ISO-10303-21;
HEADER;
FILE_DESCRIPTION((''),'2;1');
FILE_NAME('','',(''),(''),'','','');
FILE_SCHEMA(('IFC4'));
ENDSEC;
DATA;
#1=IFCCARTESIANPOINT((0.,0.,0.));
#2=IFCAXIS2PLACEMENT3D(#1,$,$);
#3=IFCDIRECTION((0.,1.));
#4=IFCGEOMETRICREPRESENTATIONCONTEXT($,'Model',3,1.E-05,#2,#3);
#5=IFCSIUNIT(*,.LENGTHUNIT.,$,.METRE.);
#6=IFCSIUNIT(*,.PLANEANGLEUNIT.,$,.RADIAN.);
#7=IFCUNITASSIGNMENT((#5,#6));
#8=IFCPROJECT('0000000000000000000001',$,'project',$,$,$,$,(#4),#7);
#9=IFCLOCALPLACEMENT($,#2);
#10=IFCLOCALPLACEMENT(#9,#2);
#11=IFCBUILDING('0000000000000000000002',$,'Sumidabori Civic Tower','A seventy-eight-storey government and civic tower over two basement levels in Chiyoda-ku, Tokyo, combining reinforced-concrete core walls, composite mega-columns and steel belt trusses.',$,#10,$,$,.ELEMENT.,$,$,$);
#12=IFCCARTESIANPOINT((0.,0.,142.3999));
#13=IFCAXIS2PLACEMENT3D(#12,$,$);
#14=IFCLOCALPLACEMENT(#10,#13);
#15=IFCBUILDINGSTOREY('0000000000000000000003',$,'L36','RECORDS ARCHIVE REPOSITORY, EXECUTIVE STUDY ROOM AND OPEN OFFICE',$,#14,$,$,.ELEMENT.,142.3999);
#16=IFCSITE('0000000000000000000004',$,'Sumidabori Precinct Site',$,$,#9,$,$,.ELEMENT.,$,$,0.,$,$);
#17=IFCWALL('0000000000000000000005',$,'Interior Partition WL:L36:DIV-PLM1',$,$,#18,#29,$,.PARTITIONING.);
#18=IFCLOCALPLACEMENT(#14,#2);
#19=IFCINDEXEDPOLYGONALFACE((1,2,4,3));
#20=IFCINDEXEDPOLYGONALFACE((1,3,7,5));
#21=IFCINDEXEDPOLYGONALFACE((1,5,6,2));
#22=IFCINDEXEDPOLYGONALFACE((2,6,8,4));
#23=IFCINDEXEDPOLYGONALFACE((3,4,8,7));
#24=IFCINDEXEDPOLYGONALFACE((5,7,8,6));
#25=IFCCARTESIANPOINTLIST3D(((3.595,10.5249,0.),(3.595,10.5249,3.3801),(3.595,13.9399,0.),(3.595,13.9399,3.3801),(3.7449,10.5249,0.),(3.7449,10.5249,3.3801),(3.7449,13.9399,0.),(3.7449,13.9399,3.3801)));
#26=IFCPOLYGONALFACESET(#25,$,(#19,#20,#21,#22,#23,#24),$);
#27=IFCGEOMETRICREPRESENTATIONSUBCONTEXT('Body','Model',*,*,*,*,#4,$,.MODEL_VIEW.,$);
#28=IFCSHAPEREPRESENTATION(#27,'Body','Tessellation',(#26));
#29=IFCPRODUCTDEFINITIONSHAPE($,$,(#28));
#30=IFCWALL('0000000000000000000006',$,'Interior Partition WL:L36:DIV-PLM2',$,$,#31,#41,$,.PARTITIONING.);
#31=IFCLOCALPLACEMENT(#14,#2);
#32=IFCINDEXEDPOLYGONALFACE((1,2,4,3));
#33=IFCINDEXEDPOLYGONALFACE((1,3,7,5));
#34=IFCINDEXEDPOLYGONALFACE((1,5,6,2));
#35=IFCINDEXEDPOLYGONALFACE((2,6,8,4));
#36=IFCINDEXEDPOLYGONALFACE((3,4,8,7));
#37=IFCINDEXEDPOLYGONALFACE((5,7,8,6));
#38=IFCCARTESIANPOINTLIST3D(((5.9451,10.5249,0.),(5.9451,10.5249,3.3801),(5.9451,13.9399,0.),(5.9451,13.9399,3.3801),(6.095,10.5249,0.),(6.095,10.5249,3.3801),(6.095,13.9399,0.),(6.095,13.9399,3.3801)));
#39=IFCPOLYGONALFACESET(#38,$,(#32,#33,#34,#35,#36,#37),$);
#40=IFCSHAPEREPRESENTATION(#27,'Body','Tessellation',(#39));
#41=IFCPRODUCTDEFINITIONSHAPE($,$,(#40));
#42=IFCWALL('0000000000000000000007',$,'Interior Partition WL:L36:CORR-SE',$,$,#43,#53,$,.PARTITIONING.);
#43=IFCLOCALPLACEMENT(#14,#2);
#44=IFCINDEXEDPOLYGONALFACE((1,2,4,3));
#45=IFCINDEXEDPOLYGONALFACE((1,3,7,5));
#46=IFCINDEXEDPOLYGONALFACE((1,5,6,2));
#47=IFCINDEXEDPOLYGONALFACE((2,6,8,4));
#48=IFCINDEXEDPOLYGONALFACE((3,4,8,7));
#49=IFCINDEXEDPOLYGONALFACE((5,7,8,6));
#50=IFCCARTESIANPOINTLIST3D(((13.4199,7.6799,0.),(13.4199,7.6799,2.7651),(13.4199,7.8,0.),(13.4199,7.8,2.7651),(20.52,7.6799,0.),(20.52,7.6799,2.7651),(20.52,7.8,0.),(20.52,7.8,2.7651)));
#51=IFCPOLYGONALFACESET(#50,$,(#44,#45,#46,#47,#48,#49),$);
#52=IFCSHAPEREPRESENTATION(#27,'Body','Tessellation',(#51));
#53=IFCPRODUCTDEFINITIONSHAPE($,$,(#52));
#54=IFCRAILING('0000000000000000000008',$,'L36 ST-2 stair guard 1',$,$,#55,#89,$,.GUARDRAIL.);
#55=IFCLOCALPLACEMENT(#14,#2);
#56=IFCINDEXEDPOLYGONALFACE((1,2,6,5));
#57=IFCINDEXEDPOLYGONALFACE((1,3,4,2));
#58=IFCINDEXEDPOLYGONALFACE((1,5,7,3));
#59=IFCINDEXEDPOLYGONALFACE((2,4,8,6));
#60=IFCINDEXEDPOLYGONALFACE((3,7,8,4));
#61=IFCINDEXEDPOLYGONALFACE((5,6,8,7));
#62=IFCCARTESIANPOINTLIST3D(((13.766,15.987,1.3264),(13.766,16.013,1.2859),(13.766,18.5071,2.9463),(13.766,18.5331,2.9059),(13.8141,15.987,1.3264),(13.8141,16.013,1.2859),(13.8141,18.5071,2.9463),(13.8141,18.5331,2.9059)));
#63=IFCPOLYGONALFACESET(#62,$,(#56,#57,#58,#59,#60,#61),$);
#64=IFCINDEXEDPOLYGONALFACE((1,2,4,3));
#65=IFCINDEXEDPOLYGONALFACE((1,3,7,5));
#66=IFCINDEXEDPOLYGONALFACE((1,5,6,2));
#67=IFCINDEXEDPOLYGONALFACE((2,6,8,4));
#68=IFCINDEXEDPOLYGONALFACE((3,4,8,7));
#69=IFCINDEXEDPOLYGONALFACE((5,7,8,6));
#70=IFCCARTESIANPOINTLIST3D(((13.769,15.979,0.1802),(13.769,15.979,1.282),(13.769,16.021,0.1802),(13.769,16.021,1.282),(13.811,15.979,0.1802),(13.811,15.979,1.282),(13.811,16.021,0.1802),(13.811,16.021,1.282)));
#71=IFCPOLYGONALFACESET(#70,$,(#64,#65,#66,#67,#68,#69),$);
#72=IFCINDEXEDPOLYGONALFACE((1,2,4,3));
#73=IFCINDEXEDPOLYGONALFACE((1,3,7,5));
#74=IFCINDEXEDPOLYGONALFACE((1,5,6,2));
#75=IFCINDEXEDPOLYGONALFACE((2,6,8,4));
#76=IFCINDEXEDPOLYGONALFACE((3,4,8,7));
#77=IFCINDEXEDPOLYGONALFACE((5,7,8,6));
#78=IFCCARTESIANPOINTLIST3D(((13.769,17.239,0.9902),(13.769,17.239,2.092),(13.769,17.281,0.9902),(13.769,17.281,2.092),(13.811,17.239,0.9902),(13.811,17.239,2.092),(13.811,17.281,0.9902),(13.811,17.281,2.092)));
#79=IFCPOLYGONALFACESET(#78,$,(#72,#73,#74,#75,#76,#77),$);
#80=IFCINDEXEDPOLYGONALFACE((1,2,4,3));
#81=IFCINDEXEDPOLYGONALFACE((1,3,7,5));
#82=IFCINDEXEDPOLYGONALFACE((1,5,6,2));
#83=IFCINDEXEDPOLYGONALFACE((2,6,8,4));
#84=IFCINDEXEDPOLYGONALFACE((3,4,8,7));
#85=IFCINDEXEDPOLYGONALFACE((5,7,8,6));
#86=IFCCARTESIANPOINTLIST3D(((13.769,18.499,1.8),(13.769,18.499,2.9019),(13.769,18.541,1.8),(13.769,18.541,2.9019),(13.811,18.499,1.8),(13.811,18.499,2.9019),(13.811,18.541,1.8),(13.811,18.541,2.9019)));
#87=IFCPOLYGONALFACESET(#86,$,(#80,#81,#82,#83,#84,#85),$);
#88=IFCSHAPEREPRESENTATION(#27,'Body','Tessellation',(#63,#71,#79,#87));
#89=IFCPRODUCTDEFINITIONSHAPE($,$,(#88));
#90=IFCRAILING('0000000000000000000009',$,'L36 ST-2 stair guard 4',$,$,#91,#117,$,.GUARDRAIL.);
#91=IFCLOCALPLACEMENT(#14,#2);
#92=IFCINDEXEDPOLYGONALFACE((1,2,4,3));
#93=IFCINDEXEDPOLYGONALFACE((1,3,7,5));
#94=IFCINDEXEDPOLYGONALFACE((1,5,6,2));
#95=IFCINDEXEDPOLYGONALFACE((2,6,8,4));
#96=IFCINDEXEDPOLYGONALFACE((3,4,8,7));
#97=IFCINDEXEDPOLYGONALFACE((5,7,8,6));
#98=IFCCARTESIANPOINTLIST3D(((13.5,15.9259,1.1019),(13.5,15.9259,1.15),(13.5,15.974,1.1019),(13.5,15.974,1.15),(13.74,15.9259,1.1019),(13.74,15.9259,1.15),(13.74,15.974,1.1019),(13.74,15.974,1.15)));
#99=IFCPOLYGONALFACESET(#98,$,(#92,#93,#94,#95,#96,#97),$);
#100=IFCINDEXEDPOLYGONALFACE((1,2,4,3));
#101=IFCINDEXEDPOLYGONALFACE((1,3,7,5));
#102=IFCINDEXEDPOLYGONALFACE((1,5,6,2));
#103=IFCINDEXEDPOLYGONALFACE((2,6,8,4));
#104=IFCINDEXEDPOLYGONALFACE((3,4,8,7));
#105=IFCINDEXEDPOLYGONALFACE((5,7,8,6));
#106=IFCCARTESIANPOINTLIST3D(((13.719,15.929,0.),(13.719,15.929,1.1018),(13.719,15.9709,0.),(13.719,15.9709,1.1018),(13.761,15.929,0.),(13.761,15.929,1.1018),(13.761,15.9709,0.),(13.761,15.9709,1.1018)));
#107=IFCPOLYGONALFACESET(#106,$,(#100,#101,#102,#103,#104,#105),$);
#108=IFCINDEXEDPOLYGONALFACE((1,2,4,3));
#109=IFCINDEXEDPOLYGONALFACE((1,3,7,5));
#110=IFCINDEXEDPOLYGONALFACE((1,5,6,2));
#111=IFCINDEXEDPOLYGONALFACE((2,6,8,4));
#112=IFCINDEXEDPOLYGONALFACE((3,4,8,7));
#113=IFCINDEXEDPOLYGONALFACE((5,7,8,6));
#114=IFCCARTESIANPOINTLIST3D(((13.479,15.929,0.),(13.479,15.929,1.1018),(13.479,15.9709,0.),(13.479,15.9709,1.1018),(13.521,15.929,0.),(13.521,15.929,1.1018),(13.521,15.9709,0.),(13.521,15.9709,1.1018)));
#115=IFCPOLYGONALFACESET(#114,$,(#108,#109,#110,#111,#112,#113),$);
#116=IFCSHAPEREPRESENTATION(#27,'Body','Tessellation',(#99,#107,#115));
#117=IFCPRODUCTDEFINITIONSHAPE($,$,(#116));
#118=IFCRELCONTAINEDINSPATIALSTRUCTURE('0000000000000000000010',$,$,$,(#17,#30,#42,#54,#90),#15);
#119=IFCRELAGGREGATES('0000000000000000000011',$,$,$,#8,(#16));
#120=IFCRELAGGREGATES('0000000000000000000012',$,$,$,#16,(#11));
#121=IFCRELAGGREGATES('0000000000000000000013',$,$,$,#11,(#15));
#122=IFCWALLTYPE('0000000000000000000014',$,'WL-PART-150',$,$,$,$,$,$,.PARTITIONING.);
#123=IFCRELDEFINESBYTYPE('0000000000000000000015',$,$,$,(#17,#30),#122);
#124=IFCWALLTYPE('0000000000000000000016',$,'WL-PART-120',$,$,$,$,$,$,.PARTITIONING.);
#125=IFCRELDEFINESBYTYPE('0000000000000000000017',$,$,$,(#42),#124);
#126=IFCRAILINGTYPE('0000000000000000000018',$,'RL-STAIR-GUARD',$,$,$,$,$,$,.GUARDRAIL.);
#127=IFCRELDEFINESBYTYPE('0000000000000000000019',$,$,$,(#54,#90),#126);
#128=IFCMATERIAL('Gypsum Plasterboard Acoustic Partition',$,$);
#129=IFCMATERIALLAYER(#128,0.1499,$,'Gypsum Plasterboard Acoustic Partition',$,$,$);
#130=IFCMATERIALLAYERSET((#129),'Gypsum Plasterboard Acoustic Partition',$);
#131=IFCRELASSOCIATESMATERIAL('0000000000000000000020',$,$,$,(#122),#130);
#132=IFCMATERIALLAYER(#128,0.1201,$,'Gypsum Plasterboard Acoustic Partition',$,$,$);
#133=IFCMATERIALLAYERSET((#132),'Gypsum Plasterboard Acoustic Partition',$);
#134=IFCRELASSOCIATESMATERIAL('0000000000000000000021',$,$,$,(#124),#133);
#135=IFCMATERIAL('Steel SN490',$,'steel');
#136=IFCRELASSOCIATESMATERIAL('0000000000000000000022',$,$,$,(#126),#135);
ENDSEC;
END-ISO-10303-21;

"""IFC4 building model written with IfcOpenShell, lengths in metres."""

from ifc_helpers import new_model, si_unit, direction, frame, frame_2d, origin, origin_2d, place, context, subcontext, project, spatial, rectangle, extrude, source, transform, mapped, material, layer, layer_set, type_object, element, save


model = new_model("IFC4")

# Units and contexts
model_context = context("Model", 3, precision=1e-05, world=origin(), true_north=direction((0.0, 1.0)))
body_context = subcontext(model_context, "Body", "Model", "MODEL_VIEW")
ifc_project = project(units=[si_unit("LENGTHUNIT", "METRE"), si_unit("PLANEANGLEUNIT", "RADIAN")], contexts=[model_context])

# Site, building, storey
site_placement = place(None, origin())
site = spatial("IfcSite", under=ifc_project, at=site_placement, Name="Sumidabori Precinct Site", CompositionType="ELEMENT", RefElevation=0.0)
building_placement = place(site_placement, origin())
building = spatial("IfcBuilding", under=site, at=building_placement, Name="Sumidabori Civic Tower", Description="A seventy-eight-storey government and civic tower over two basement levels in Chiyoda-ku, Tokyo, combining reinforced-concrete core walls, composite mega-columns and steel belt trusses.", CompositionType="ELEMENT")
storey_placement = place(building_placement, frame((0.0, 0.0, 142.3999)))
storey = spatial("IfcBuildingStorey", under=building, at=storey_placement, Name="L36", Description="RECORDS ARCHIVE REPOSITORY, EXECUTIVE STUDY ROOM AND OPEN OFFICE", CompositionType="ELEMENT", Elevation=142.3999)

# Shared definitions
ifc_material_1 = material(Name="Steel SN490", Category="steel")

# Walls
ifc_material_2 = material(Name="Gypsum Plasterboard Acoustic Partition")
ifc_layer_1 = layer(ifc_material_2, 0.1499, Name="Gypsum Plasterboard Acoustic Partition")
ifc_layer_set_1 = layer_set([ifc_layer_1], Name="Gypsum Plasterboard Acoustic Partition")
wall_type_1 = type_object("IfcWallType", Name="WL-PART-150", PredefinedType="PARTITIONING", material=ifc_layer_set_1)
shared_shape_1 = source(origin(), body_context, "Body", "SweptSolid", [
    extrude(rectangle(XDim=3.415, YDim=0.1499, at=frame_2d((1.7075, 0.0))), origin(), (0.0, 0.0, 1.0), 3.3801),
])
for number, where, z_axis, x_axis, name in (
    (1, (3.6699, 10.5249, 0.0), (0.0, 0.0, 1.0), (0.0, 1.0, 0.0), "Interior Partition WL:L36:DIV-PLM1"),
    (2, (6.02, 10.5249, 0.0), (0.0, 0.0, 1.0), (0.0, 1.0, 0.0), "Interior Partition WL:L36:DIV-PLM2"),
):
    element("IfcWall", number, at=place(storey_placement, frame(where, z_axis=z_axis, x_axis=x_axis)), inside=storey, type_object=wall_type_1, Name=name, PredefinedType="PARTITIONING", context=body_context, shape_type="MappedRepresentation", body=[
        mapped(shared_shape_1, transform((0.0, 0.0, 0.0), x_axis=(1.0, 0.0, 0.0), y_axis=(0.0, 1.0, 0.0), z_axis=(0.0, 0.0, 1.0), scale=1.0)),
    ])
ifc_layer_2 = layer(ifc_material_2, 0.1201, Name="Gypsum Plasterboard Acoustic Partition")
ifc_layer_set_2 = layer_set([ifc_layer_2], Name="Gypsum Plasterboard Acoustic Partition")
wall_type_2 = type_object("IfcWallType", Name="WL-PART-120", PredefinedType="PARTITIONING", material=ifc_layer_set_2)
shared_shape_2 = source(origin(), body_context, "Body", "SweptSolid", [
    extrude(rectangle(XDim=7.1001, YDim=0.1201, at=frame_2d((3.55, 0.0))), origin(), (0.0, 0.0, 1.0), 2.7651),
])
wall_1_placement = place(storey_placement, frame((13.4199, 7.74, 0.0), z_axis=(0.0, 0.0, 1.0), x_axis=(1.0, 0.0, 0.0)))
element("IfcWall", 3, at=wall_1_placement, inside=storey, type_object=wall_type_2, Name="Interior Partition WL:L36:CORR-SE", PredefinedType="PARTITIONING", context=body_context, shape_type="MappedRepresentation", body=[
    mapped(shared_shape_2, transform((0.0, 0.0, 0.0), x_axis=(1.0, 0.0, 0.0), y_axis=(0.0, 1.0, 0.0), z_axis=(0.0, 0.0, 1.0), scale=1.0)),
])

# Railings
railing_type = type_object("IfcRailingType", Name="RL-STAIR-GUARD", PredefinedType="GUARDRAIL", material=ifc_material_1)
railing_1_placement = place(storey_placement, frame((13.79, 16.0, 0.1802)))
element("IfcRailing", 4, at=railing_1_placement, inside=storey, type_object=railing_type, Name="L36 ST-2 stair guard 1", PredefinedType="GUARDRAIL", context=body_context, shape_type="SweptSolid", body=[
    extrude(rectangle(XDim=0.0481, YDim=0.0481, at=origin_2d()), frame((0.0, 0.0, 1.126), z_axis=(0.0, 0.8412, 0.540725), x_axis=(-1.0, 0.0, 0.0)), (0.0, 0.0, 1.0), 2.9958),
    extrude(rectangle(XDim=0.042, YDim=0.042, at=origin_2d()), origin(), (0.0, 0.0, 1.0), 1.1018),
    extrude(rectangle(XDim=0.042, YDim=0.042, at=origin_2d()), frame((0.0, 1.26, 0.8101)), (0.0, 0.0, 1.0), 1.1018),
    extrude(rectangle(XDim=0.042, YDim=0.042, at=origin_2d()), frame((0.0, 2.52, 1.6199)), (0.0, 0.0, 1.0), 1.1018),
])
railing_2_placement = place(storey_placement, frame((13.74, 15.95, 0.0)))
element("IfcRailing", 5, at=railing_2_placement, inside=storey, type_object=railing_type, Name="L36 ST-2 stair guard 4", PredefinedType="GUARDRAIL", context=body_context, shape_type="SweptSolid", body=[
    extrude(rectangle(XDim=0.0481, YDim=0.0481, at=origin_2d()), frame((0.0, 0.0, 1.126), z_axis=(-1.0, 0.0, 0.0), x_axis=(0.0, -1.0, 0.0)), (0.0, 0.0, 1.0), 0.24),
    extrude(rectangle(XDim=0.042, YDim=0.042, at=origin_2d()), origin(), (0.0, 0.0, 1.0), 1.1018),
    extrude(rectangle(XDim=0.042, YDim=0.042, at=origin_2d()), frame((-0.24, 0.0, 0.0)), (0.0, 0.0, 1.0), 1.1018),
])

save(model, "model.ifc")
